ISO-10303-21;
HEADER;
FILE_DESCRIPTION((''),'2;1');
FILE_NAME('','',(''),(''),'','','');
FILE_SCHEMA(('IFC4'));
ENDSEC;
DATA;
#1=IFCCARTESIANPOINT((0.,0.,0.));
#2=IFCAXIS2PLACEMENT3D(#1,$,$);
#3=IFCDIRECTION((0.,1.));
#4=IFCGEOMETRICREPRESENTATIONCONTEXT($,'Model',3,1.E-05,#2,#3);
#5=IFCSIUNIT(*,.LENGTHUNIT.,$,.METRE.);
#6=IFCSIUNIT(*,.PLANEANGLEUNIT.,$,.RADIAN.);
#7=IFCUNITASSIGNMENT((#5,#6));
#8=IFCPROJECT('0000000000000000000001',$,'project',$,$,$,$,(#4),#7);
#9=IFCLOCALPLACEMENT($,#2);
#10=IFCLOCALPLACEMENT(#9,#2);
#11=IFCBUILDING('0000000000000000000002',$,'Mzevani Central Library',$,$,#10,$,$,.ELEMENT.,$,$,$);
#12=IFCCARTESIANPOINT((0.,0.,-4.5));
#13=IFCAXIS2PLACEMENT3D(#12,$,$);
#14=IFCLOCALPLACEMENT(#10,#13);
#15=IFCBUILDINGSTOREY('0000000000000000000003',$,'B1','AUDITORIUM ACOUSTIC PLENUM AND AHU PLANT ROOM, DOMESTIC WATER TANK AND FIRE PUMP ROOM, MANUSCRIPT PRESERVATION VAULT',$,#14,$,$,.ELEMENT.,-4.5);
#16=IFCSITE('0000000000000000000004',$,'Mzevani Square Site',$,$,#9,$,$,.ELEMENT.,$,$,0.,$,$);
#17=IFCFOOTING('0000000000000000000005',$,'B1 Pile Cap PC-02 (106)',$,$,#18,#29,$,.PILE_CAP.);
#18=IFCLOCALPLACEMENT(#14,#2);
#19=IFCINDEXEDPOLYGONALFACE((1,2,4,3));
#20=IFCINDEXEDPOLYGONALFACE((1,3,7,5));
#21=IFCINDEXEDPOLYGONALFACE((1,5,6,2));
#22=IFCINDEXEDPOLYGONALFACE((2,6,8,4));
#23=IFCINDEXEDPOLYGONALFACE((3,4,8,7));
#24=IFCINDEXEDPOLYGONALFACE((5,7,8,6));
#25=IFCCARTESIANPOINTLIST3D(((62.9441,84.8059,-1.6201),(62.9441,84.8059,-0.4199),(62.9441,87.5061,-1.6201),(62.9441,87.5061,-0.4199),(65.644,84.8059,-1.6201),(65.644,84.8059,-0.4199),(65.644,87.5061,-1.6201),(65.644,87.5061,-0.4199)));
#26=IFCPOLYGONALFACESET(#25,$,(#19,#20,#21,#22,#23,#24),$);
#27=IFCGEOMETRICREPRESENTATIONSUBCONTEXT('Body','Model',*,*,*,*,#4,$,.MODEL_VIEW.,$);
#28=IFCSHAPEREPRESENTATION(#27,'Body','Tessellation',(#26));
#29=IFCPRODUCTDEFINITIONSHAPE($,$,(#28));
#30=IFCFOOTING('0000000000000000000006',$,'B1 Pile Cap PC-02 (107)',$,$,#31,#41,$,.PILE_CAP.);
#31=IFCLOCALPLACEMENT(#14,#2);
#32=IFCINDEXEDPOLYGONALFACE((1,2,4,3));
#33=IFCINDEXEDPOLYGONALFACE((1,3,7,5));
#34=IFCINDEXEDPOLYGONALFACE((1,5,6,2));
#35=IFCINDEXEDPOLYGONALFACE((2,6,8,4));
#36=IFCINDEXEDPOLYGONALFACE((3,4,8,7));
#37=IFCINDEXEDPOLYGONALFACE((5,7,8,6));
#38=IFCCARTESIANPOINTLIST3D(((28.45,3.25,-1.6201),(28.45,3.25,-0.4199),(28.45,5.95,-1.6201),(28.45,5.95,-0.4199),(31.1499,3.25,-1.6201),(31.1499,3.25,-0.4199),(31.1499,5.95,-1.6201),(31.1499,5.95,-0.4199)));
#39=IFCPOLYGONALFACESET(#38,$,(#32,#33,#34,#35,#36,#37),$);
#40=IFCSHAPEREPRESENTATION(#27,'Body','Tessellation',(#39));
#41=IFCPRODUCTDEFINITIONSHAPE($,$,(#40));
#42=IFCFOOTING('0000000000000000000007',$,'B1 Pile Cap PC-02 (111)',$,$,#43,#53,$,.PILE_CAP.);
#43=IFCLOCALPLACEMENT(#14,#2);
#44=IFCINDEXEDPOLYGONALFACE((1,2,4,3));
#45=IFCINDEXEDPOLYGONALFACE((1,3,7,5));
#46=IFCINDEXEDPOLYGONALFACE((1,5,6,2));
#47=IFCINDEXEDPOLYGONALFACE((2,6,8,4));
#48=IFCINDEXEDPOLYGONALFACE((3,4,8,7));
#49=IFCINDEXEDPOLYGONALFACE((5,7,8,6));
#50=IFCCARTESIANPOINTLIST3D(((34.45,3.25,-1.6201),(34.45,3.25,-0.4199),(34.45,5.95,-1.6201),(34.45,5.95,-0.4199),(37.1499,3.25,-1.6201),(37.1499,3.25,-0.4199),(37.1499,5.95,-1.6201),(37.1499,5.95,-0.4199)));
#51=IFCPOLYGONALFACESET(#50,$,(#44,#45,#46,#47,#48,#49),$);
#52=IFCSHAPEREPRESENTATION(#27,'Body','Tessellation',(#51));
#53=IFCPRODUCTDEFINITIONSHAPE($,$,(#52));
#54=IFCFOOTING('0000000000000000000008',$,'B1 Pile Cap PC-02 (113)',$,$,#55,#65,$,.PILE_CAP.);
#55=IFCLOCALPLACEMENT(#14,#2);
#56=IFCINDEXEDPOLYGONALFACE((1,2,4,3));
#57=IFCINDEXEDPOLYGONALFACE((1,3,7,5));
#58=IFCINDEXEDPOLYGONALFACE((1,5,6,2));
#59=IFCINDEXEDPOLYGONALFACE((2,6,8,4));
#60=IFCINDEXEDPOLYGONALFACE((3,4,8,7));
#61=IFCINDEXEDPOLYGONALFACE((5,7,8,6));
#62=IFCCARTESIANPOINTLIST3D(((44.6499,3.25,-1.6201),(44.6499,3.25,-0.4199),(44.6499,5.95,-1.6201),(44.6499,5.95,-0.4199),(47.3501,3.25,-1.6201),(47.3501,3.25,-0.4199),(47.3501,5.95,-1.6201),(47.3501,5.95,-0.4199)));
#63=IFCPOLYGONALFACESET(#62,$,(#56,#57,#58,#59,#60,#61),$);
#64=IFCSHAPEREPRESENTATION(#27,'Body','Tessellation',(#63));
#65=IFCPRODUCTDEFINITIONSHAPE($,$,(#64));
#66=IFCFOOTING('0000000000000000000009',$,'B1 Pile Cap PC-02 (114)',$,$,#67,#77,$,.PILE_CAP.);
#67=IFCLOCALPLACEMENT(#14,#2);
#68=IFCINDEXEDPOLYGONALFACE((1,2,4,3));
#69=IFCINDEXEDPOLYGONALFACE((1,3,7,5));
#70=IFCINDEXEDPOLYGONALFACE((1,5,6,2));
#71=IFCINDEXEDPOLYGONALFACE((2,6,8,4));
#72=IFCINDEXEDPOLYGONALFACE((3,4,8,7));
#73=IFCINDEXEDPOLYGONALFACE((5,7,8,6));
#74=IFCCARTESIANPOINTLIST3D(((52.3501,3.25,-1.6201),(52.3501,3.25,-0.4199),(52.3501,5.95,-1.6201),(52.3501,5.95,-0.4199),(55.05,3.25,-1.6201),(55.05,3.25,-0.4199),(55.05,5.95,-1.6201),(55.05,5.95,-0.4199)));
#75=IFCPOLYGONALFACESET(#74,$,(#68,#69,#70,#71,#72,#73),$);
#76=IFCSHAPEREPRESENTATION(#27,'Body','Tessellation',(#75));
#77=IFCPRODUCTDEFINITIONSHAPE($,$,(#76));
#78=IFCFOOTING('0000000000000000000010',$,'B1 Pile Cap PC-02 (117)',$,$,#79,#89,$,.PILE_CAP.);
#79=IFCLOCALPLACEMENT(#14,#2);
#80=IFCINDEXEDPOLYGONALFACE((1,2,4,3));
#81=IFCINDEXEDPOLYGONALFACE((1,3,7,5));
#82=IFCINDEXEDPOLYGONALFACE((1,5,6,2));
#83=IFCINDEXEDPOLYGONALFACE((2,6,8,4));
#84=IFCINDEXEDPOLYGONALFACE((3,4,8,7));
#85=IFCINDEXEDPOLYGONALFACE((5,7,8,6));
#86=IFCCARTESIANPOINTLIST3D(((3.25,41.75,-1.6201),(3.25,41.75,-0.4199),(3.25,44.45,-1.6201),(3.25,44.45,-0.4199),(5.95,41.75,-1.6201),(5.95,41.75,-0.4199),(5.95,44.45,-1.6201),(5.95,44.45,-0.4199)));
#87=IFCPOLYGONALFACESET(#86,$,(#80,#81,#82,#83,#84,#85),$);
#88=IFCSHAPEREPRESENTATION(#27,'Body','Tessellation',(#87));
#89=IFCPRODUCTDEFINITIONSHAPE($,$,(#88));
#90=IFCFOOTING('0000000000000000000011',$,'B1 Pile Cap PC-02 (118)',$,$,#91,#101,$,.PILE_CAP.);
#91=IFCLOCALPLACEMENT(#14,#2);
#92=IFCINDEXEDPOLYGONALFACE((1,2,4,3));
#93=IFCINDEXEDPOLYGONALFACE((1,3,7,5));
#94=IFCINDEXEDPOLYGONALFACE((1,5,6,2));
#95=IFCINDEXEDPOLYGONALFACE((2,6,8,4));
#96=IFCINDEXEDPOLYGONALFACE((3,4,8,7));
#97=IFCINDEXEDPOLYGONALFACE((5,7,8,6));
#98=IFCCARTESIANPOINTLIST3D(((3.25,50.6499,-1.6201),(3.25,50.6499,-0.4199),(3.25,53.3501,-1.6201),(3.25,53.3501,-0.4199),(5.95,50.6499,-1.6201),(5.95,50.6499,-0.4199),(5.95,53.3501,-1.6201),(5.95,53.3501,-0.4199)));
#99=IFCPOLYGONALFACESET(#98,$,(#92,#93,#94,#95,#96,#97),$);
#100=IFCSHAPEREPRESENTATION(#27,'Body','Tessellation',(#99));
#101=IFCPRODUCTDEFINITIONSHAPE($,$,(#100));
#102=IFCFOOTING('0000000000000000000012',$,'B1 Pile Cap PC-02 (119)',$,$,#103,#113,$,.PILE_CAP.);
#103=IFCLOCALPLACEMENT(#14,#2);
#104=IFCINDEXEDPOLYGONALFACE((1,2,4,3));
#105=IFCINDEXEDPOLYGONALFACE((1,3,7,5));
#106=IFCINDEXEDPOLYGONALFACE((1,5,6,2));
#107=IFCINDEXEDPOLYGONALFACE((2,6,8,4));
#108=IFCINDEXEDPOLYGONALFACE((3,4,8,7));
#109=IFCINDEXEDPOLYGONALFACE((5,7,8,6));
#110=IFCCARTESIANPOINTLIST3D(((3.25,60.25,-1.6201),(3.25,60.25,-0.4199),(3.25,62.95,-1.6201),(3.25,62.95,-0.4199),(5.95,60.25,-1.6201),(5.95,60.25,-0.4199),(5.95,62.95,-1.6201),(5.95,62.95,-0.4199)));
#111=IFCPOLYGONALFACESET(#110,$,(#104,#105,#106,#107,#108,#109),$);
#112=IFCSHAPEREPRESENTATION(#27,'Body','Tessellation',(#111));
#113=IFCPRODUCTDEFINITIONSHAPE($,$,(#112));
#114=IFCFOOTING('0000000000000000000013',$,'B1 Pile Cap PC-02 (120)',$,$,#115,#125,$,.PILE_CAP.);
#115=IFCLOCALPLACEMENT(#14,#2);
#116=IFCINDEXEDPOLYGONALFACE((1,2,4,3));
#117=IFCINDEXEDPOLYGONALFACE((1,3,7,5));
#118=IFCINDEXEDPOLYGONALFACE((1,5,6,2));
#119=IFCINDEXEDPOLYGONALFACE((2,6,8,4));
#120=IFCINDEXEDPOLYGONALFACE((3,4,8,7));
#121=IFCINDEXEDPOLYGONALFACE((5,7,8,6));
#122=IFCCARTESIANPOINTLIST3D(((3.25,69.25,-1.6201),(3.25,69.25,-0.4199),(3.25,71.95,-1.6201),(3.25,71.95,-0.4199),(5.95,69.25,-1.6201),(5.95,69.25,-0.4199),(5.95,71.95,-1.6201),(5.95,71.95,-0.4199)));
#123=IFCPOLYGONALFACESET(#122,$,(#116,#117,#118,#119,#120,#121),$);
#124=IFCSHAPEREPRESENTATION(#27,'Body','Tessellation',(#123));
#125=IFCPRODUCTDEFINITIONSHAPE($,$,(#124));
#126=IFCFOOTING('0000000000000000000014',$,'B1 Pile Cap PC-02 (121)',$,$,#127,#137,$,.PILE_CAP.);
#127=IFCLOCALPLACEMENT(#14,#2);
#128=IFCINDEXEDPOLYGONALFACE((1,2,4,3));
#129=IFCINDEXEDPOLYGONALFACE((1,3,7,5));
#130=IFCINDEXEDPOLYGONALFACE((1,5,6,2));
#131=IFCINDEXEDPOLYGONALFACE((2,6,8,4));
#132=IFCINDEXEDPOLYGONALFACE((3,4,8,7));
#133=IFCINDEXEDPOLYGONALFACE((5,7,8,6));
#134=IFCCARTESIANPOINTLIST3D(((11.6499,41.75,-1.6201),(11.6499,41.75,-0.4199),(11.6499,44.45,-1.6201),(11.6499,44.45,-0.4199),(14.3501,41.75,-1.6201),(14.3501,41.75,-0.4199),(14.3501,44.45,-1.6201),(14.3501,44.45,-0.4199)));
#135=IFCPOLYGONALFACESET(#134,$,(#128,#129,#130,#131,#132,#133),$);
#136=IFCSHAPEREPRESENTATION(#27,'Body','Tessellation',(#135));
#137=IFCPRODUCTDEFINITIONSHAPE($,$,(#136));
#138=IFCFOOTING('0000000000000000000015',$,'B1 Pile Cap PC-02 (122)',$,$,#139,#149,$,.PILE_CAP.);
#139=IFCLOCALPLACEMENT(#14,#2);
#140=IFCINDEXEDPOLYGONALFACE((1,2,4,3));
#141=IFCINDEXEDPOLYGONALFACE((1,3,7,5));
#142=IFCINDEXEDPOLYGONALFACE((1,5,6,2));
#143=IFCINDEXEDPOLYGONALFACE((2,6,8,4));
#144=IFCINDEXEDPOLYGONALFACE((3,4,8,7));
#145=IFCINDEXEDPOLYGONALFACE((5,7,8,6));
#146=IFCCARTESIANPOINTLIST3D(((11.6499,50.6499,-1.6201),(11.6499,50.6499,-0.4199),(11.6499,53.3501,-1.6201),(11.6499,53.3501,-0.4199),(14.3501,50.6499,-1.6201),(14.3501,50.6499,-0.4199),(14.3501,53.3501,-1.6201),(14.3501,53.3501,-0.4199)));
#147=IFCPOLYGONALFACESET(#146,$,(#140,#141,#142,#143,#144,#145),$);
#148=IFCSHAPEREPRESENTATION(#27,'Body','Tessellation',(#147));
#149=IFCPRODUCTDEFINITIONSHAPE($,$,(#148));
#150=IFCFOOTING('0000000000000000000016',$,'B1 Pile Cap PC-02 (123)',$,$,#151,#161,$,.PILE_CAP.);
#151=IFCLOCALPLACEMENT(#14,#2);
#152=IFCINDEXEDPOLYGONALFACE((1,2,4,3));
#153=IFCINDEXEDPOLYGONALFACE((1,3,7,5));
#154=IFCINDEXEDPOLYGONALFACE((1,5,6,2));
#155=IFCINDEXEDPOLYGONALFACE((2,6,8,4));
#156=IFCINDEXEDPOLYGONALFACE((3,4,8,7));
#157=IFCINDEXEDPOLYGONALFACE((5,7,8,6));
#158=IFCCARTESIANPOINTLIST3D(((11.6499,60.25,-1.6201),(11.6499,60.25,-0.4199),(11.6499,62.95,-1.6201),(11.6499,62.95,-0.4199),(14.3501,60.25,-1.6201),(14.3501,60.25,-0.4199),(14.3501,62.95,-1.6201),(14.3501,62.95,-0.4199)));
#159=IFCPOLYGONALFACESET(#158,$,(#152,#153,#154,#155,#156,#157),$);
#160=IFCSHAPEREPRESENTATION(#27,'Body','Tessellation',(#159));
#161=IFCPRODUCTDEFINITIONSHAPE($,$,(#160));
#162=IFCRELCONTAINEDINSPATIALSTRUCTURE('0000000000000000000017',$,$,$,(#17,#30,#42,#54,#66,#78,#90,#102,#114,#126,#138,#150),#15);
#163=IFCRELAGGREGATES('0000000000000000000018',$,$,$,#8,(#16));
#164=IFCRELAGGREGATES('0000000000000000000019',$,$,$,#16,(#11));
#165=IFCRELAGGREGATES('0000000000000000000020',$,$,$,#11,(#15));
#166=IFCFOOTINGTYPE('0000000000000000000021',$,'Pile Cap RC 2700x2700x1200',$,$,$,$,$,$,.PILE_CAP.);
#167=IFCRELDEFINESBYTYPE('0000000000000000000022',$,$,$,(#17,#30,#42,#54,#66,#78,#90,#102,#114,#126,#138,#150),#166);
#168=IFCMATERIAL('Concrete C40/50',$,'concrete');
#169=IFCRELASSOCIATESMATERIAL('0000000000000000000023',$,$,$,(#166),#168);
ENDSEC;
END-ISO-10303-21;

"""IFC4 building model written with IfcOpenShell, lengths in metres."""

from ifc_helpers import new_model, si_unit, direction, frame, origin, place, context, subcontext, project, spatial, polyline, outline, extrude, material, type_object, element, save


model = new_model("IFC4")

# Units and contexts
model_context = context("Model", 3, precision=1e-05, world=origin(), true_north=direction((0.0, 1.0)))
body_context = subcontext(model_context, "Body", "Model", "MODEL_VIEW")
ifc_project = project(units=[si_unit("LENGTHUNIT", "METRE"), si_unit("PLANEANGLEUNIT", "RADIAN")], contexts=[model_context])

# Site, building, storey
site_placement = place(None, origin())
site = spatial("IfcSite", under=ifc_project, at=site_placement, Name="Mzevani Square Site", CompositionType="ELEMENT", RefElevation=0.0)
building_placement = place(site_placement, origin())
building = spatial("IfcBuilding", under=site, at=building_placement, Name="Mzevani Central Library", CompositionType="ELEMENT")
storey_placement = place(building_placement, frame((0.0, 0.0, -4.5)))
storey = spatial("IfcBuildingStorey", under=building, at=storey_placement, Name="B1", Description="AUDITORIUM ACOUSTIC PLENUM AND AHU PLANT ROOM, DOMESTIC WATER TANK AND FIRE PUMP ROOM, MANUSCRIPT PRESERVATION VAULT", CompositionType="ELEMENT", Elevation=-4.5)

# Footings
ifc_material = material(Name="Concrete C40/50", Category="concrete")
footing_type = type_object("IfcFootingType", Name="Pile Cap RC 2700x2700x1200", PredefinedType="PILE_CAP", material=ifc_material)
footing_1_placement = place(storey_placement, frame((0.0, 0.0, -1.6201)))
element("IfcFooting", 1, at=footing_1_placement, inside=storey, type_object=footing_type, Name="B1 Pile Cap PC-02 (106)", PredefinedType="PILE_CAP", context=body_context, shape_type="SweptSolid", body=[
    extrude(outline(polyline([(62.9441, 84.8059), (65.644, 84.8059), (65.644, 87.5061), (62.9441, 87.5061), (62.9441, 84.8059)])), origin(), (0.0, 0.0, 1.0), 1.2002),
])
footing_2_placement = place(storey_placement, frame((0.0, 0.0, -1.6201)))
element("IfcFooting", 2, at=footing_2_placement, inside=storey, type_object=footing_type, Name="B1 Pile Cap PC-02 (107)", PredefinedType="PILE_CAP", context=body_context, shape_type="SweptSolid", body=[
    extrude(outline(polyline([(28.45, 3.25), (31.1499, 3.25), (31.1499, 5.95), (28.45, 5.95), (28.45, 3.25)])), origin(), (0.0, 0.0, 1.0), 1.2002),
])
footing_3_placement = place(storey_placement, frame((0.0, 0.0, -1.6201)))
element("IfcFooting", 3, at=footing_3_placement, inside=storey, type_object=footing_type, Name="B1 Pile Cap PC-02 (111)", PredefinedType="PILE_CAP", context=body_context, shape_type="SweptSolid", body=[
    extrude(outline(polyline([(34.45, 3.25), (37.1499, 3.25), (37.1499, 5.95), (34.45, 5.95), (34.45, 3.25)])), origin(), (0.0, 0.0, 1.0), 1.2002),
])
footing_4_placement = place(storey_placement, frame((0.0, 0.0, -1.6201)))
element("IfcFooting", 4, at=footing_4_placement, inside=storey, type_object=footing_type, Name="B1 Pile Cap PC-02 (113)", PredefinedType="PILE_CAP", context=body_context, shape_type="SweptSolid", body=[
    extrude(outline(polyline([(44.6499, 3.25), (47.3501, 3.25), (47.3501, 5.95), (44.6499, 5.95), (44.6499, 3.25)])), origin(), (0.0, 0.0, 1.0), 1.2002),
])
footing_5_placement = place(storey_placement, frame((0.0, 0.0, -1.6201)))
element("IfcFooting", 5, at=footing_5_placement, inside=storey, type_object=footing_type, Name="B1 Pile Cap PC-02 (114)", PredefinedType="PILE_CAP", context=body_context, shape_type="SweptSolid", body=[
    extrude(outline(polyline([(52.3501, 3.25), (55.05, 3.25), (55.05, 5.95), (52.3501, 5.95), (52.3501, 3.25)])), origin(), (0.0, 0.0, 1.0), 1.2002),
])
footing_6_placement = place(storey_placement, frame((0.0, 0.0, -1.6201)))
element("IfcFooting", 6, at=footing_6_placement, inside=storey, type_object=footing_type, Name="B1 Pile Cap PC-02 (117)", PredefinedType="PILE_CAP", context=body_context, shape_type="SweptSolid", body=[
    extrude(outline(polyline([(3.25, 41.75), (5.95, 41.75), (5.95, 44.45), (3.25, 44.45), (3.25, 41.75)])), origin(), (0.0, 0.0, 1.0), 1.2002),
])
footing_7_placement = place(storey_placement, frame((0.0, 0.0, -1.6201)))
element("IfcFooting", 7, at=footing_7_placement, inside=storey, type_object=footing_type, Name="B1 Pile Cap PC-02 (118)", PredefinedType="PILE_CAP", context=body_context, shape_type="SweptSolid", body=[
    extrude(outline(polyline([(3.25, 50.6499), (5.95, 50.6499), (5.95, 53.3501), (3.25, 53.3501), (3.25, 50.6499)])), origin(), (0.0, 0.0, 1.0), 1.2002),
])
footing_8_placement = place(storey_placement, frame((0.0, 0.0, -1.6201)))
element("IfcFooting", 8, at=footing_8_placement, inside=storey, type_object=footing_type, Name="B1 Pile Cap PC-02 (119)", PredefinedType="PILE_CAP", context=body_context, shape_type="SweptSolid", body=[
    extrude(outline(polyline([(3.25, 60.25), (5.95, 60.25), (5.95, 62.95), (3.25, 62.95), (3.25, 60.25)])), origin(), (0.0, 0.0, 1.0), 1.2002),
])
footing_9_placement = place(storey_placement, frame((0.0, 0.0, -1.6201)))
element("IfcFooting", 9, at=footing_9_placement, inside=storey, type_object=footing_type, Name="B1 Pile Cap PC-02 (120)", PredefinedType="PILE_CAP", context=body_context, shape_type="SweptSolid", body=[
    extrude(outline(polyline([(3.25, 69.25), (5.95, 69.25), (5.95, 71.95), (3.25, 71.95), (3.25, 69.25)])), origin(), (0.0, 0.0, 1.0), 1.2002),
])
footing_10_placement = place(storey_placement, frame((0.0, 0.0, -1.6201)))
element("IfcFooting", 10, at=footing_10_placement, inside=storey, type_object=footing_type, Name="B1 Pile Cap PC-02 (121)", PredefinedType="PILE_CAP", context=body_context, shape_type="SweptSolid", body=[
    extrude(outline(polyline([(11.6499, 41.75), (14.3501, 41.75), (14.3501, 44.45), (11.6499, 44.45), (11.6499, 41.75)])), origin(), (0.0, 0.0, 1.0), 1.2002),
])
footing_11_placement = place(storey_placement, frame((0.0, 0.0, -1.6201)))
element("IfcFooting", 11, at=footing_11_placement, inside=storey, type_object=footing_type, Name="B1 Pile Cap PC-02 (122)", PredefinedType="PILE_CAP", context=body_context, shape_type="SweptSolid", body=[
    extrude(outline(polyline([(11.6499, 50.6499), (14.3501, 50.6499), (14.3501, 53.3501), (11.6499, 53.3501), (11.6499, 50.6499)])), origin(), (0.0, 0.0, 1.0), 1.2002),
])
footing_12_placement = place(storey_placement, frame((0.0, 0.0, -1.6201)))
element("IfcFooting", 12, at=footing_12_placement, inside=storey, type_object=footing_type, Name="B1 Pile Cap PC-02 (123)", PredefinedType="PILE_CAP", context=body_context, shape_type="SweptSolid", body=[
    extrude(outline(polyline([(11.6499, 60.25), (14.3501, 60.25), (14.3501, 62.95), (11.6499, 62.95), (11.6499, 60.25)])), origin(), (0.0, 0.0, 1.0), 1.2002),
])

save(model, "model.ifc")
